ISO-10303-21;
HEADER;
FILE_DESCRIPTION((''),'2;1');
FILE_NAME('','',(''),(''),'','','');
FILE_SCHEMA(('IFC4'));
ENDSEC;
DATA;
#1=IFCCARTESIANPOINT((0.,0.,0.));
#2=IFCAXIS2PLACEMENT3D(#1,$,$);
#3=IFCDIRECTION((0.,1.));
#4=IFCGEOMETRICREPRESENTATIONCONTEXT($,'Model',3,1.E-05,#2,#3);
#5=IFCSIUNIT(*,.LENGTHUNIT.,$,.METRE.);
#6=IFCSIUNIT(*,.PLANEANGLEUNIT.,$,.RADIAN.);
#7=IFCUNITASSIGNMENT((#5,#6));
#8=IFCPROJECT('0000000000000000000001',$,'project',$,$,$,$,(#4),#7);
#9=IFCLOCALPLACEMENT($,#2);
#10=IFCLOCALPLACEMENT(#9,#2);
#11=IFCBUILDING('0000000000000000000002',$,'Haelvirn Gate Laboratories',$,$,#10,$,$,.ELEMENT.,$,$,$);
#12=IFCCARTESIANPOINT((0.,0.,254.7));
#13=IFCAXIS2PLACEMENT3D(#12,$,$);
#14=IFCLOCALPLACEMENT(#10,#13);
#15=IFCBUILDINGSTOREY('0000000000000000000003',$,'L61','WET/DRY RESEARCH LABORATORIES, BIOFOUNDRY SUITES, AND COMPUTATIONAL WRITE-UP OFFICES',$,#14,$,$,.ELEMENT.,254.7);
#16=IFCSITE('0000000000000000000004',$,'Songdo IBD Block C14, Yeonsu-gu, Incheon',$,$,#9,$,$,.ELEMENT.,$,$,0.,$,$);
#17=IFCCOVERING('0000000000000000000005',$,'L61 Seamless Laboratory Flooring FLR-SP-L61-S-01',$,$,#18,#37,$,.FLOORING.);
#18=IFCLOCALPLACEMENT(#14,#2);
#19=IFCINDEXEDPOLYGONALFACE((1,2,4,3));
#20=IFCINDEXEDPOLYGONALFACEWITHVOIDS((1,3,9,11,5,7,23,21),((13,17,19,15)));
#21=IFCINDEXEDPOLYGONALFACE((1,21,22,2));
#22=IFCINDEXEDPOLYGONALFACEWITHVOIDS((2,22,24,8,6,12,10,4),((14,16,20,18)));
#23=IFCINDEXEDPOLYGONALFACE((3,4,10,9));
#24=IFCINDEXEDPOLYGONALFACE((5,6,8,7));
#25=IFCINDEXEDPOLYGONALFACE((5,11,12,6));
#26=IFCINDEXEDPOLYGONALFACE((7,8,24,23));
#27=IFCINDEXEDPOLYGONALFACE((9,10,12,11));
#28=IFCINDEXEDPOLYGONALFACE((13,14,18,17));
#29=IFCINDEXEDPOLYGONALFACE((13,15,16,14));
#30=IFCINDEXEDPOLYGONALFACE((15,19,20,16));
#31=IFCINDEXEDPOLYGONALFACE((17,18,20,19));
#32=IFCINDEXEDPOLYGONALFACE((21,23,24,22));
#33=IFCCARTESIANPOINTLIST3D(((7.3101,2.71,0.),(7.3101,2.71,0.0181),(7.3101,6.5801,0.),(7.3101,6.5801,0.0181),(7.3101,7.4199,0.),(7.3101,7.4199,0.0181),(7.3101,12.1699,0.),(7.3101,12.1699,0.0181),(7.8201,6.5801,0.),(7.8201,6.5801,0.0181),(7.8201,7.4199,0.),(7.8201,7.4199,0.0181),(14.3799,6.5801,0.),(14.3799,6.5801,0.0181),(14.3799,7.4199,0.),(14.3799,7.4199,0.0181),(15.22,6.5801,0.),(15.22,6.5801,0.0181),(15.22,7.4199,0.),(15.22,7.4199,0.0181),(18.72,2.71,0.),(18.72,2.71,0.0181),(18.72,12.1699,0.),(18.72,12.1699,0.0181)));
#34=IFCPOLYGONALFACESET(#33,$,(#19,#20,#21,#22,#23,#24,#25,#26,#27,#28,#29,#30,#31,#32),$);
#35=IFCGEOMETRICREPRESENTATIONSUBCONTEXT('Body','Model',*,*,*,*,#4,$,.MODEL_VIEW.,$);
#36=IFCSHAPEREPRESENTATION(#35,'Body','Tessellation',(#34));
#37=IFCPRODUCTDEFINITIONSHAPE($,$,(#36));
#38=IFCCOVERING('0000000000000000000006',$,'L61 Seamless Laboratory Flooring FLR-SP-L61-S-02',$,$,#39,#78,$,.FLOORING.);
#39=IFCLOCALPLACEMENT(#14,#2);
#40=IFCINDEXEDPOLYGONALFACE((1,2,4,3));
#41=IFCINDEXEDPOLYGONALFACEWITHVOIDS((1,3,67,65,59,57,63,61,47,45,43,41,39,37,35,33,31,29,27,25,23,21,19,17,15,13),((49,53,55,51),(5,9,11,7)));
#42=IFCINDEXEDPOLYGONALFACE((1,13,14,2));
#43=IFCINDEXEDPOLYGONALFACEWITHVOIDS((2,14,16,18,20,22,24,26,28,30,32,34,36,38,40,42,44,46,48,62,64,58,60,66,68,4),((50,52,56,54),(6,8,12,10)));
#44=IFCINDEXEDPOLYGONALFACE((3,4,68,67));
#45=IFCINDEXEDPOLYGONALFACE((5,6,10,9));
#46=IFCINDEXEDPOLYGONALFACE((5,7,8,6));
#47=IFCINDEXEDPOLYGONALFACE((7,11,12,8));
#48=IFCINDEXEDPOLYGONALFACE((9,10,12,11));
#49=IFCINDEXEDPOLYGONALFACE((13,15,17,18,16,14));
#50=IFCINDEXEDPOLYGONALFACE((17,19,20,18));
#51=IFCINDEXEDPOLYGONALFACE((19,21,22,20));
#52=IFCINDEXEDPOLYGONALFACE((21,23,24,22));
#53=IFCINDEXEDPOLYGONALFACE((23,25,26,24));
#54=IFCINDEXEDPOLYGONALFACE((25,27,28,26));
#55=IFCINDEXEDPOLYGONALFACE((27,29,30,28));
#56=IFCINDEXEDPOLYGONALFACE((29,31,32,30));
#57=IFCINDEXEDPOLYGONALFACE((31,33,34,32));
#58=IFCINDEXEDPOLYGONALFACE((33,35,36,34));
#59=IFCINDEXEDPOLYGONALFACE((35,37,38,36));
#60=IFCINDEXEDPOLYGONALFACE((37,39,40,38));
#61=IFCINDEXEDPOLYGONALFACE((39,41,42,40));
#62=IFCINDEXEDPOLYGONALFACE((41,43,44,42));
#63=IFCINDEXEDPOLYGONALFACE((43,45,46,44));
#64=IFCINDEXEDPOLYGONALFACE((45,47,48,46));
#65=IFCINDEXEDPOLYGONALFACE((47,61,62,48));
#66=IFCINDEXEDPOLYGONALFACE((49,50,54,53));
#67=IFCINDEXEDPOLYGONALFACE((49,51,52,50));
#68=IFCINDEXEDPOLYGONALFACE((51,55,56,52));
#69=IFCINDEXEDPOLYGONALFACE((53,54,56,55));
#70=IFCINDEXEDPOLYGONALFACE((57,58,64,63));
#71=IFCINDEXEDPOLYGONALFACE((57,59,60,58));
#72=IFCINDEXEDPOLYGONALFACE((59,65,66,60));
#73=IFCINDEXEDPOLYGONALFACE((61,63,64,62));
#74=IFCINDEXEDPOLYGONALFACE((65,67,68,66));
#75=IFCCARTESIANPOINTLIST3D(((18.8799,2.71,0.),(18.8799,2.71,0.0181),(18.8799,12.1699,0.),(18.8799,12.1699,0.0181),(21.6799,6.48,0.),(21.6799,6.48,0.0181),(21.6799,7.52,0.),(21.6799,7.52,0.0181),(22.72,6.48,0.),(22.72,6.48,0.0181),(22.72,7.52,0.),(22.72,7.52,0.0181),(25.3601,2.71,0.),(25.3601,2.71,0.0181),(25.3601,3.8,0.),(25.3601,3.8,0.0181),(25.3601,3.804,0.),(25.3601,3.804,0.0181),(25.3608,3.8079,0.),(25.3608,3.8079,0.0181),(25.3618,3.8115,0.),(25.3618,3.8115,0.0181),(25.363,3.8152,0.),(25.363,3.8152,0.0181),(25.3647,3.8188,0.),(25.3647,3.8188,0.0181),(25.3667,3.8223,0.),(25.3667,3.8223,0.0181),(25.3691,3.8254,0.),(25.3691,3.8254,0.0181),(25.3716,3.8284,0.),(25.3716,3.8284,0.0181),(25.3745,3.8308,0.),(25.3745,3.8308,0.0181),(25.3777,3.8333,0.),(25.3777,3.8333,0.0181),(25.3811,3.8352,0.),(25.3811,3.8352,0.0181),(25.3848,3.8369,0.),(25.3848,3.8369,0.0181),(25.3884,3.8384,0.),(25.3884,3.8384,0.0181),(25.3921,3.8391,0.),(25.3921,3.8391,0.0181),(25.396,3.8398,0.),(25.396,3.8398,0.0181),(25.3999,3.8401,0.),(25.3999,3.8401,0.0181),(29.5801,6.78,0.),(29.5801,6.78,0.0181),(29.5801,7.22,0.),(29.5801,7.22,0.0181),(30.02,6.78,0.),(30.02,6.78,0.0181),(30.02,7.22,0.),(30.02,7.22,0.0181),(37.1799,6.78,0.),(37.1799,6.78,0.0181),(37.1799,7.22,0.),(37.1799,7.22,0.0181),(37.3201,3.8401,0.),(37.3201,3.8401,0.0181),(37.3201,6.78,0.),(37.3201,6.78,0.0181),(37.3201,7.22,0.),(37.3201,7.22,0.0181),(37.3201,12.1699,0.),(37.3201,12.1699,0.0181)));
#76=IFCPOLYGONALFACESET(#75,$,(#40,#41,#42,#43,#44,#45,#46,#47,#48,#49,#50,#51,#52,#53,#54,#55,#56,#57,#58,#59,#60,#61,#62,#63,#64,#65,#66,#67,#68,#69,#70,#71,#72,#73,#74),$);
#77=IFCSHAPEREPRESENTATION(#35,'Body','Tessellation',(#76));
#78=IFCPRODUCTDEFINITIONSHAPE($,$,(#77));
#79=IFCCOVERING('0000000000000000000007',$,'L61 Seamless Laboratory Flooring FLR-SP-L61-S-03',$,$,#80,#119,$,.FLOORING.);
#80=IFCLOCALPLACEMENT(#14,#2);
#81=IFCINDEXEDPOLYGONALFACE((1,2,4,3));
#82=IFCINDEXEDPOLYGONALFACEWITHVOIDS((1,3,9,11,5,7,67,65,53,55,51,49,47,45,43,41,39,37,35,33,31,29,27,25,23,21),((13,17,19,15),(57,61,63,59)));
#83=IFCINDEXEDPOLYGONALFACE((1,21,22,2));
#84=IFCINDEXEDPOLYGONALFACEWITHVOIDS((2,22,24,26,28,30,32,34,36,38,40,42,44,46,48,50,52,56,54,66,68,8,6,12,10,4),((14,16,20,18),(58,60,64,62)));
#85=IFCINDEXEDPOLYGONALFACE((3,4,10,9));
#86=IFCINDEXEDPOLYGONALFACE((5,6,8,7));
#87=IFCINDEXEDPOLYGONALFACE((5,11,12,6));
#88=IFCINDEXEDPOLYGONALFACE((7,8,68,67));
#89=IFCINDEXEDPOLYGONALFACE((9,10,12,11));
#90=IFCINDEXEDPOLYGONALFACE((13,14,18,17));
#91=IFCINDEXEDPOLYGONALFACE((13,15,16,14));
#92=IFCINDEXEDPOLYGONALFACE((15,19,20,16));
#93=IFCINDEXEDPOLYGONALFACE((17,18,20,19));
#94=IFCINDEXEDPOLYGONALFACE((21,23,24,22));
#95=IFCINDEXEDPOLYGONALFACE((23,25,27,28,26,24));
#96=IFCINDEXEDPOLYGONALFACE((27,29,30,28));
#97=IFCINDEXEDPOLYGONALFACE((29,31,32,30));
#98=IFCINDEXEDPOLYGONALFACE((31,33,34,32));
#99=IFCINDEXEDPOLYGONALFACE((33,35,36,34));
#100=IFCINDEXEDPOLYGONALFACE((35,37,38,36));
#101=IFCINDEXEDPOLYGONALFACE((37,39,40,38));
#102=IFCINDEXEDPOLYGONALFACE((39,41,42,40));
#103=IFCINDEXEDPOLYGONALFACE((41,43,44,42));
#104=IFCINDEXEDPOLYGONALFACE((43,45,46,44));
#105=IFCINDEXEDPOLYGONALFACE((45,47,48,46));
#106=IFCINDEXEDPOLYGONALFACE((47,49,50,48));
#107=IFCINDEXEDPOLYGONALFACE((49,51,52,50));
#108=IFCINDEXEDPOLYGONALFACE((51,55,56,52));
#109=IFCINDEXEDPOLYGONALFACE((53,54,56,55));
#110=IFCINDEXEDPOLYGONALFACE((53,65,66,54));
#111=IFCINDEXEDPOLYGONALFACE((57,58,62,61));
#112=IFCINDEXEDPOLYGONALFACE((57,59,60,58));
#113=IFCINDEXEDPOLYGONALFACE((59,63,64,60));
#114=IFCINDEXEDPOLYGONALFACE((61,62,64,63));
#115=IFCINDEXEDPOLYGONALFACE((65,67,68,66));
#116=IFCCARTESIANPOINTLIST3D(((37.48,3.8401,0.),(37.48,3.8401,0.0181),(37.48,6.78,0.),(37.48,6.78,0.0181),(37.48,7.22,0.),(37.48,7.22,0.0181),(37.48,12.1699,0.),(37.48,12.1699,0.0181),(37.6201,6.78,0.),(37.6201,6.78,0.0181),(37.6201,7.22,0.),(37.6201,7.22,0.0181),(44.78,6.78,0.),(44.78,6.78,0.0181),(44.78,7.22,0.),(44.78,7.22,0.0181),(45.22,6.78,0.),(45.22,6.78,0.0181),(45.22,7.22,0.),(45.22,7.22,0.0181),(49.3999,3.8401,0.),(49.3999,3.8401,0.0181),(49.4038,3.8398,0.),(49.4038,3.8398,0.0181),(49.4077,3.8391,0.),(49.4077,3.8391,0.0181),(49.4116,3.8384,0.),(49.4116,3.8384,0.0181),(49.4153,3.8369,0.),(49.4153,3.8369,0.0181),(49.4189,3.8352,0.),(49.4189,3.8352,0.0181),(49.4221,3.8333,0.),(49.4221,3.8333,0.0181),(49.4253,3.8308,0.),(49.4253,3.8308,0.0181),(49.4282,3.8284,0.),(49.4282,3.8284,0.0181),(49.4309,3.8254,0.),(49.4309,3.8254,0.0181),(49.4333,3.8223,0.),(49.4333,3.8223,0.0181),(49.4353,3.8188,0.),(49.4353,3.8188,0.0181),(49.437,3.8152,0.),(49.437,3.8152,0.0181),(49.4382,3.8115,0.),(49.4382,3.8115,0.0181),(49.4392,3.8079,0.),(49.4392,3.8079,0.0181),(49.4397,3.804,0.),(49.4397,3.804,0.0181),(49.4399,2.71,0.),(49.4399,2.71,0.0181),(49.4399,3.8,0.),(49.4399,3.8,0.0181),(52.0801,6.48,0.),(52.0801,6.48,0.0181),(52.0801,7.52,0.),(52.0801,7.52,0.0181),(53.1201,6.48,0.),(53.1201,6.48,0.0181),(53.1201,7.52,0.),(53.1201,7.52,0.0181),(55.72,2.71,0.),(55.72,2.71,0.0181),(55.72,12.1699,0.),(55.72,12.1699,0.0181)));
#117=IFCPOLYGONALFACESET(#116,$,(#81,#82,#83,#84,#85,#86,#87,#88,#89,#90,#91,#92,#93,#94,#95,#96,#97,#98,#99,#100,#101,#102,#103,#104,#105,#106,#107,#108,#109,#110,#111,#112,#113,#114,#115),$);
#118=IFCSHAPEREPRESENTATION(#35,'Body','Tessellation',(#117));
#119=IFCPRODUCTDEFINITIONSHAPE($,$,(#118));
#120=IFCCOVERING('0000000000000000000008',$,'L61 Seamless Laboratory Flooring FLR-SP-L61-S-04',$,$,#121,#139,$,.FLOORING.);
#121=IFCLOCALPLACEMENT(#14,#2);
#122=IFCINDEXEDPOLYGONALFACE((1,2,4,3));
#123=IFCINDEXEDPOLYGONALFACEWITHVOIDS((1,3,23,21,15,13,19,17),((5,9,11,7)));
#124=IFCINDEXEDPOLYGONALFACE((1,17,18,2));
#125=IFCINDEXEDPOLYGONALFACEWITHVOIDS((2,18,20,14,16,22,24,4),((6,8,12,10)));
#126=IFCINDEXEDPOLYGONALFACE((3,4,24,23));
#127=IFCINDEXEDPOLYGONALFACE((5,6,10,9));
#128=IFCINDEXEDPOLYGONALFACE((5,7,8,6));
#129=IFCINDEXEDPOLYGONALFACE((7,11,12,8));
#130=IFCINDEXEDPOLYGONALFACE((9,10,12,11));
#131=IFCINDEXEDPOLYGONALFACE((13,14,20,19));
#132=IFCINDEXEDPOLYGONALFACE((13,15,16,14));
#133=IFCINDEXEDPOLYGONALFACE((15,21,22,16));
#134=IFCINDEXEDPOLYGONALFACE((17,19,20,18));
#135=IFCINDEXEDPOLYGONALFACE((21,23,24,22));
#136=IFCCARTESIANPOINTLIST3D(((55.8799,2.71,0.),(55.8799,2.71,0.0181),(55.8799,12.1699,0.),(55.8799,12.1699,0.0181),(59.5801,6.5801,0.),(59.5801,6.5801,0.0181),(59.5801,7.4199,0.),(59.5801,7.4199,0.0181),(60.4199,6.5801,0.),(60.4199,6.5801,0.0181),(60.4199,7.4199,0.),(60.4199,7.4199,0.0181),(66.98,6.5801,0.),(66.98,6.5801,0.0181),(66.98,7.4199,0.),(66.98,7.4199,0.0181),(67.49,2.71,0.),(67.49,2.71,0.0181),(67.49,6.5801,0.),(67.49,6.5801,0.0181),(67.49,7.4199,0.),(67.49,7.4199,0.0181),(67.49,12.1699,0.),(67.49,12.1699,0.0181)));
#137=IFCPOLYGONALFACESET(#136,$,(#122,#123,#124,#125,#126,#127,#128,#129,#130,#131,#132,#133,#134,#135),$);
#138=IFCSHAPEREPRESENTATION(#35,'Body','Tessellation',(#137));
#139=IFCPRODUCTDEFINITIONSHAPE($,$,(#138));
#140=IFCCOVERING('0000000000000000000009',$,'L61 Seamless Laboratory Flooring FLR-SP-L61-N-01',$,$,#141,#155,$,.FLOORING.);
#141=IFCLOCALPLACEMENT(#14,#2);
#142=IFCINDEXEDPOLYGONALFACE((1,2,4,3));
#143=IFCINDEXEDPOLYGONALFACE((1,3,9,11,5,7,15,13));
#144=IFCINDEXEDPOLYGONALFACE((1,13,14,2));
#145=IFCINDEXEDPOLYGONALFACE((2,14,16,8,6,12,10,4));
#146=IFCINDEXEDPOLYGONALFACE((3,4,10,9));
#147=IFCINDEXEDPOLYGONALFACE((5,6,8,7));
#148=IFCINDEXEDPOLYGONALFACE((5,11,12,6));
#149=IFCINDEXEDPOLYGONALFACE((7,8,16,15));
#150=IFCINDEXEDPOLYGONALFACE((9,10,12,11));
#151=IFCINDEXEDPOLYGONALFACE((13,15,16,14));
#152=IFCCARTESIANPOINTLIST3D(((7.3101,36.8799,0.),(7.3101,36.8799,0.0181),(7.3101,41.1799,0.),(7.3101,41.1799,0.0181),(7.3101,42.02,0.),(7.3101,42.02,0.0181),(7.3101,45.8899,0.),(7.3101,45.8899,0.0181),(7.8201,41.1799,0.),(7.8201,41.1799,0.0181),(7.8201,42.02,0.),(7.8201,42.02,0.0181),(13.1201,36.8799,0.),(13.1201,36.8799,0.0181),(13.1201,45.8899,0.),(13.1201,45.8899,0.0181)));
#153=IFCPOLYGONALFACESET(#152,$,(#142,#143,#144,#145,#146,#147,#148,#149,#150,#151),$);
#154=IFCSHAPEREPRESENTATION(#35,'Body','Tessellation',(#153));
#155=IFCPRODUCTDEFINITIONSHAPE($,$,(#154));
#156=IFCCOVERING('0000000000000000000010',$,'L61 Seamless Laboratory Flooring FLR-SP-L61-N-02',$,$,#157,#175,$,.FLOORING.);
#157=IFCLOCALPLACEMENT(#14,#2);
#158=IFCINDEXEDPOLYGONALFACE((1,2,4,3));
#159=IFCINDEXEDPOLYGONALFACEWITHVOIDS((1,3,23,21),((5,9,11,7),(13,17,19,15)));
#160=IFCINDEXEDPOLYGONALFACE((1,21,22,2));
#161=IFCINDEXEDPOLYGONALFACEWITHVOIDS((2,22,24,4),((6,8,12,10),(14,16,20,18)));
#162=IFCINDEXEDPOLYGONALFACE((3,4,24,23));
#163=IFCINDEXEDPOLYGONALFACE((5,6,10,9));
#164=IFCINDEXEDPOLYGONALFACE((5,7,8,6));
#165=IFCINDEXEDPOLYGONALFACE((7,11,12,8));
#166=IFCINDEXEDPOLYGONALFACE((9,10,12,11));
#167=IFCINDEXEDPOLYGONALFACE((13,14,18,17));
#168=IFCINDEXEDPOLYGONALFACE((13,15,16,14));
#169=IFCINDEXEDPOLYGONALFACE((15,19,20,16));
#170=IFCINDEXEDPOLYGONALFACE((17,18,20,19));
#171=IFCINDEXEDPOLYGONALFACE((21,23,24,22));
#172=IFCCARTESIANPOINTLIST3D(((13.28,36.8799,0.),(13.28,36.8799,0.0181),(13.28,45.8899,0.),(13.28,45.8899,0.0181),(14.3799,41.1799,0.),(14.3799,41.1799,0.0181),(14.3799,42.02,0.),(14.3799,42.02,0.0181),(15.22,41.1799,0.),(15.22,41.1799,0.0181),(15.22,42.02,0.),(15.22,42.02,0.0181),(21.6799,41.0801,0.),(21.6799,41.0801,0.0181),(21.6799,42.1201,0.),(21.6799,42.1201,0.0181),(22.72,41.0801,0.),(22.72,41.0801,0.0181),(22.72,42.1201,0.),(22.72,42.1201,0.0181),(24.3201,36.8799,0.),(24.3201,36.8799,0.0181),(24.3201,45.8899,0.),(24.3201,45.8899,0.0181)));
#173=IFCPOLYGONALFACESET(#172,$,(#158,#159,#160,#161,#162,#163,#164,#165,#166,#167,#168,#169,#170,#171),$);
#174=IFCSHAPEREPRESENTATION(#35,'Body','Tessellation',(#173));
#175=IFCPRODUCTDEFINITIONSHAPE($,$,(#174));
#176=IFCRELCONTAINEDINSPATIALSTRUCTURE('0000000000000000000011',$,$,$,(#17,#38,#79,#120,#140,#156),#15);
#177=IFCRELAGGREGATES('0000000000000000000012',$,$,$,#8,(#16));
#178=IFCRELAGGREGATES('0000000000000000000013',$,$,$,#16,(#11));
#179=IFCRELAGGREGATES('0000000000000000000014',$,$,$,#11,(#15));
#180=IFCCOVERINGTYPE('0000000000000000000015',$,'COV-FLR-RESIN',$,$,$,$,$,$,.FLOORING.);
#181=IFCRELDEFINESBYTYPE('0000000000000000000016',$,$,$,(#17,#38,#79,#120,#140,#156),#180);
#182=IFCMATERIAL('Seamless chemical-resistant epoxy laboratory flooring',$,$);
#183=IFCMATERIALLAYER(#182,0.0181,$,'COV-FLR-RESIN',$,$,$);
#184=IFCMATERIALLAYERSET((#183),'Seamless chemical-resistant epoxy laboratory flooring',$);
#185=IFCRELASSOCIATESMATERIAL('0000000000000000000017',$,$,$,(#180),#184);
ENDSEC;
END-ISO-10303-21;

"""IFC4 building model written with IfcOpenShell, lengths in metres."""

from ifc_helpers import new_model, si_unit, direction, frame, origin, place, context, subcontext, project, spatial, polyline, outline, extrude, material, layer, layer_set, type_object, element, save


model = new_model("IFC4")

# Units and contexts
model_context = context("Model", 3, precision=1e-05, world=origin(), true_north=direction((0.0, 1.0)))
body_context = subcontext(model_context, "Body", "Model", "MODEL_VIEW")
ifc_project = project(units=[si_unit("LENGTHUNIT", "METRE"), si_unit("PLANEANGLEUNIT", "RADIAN")], contexts=[model_context])

# Site, building, storey
site_placement = place(None, origin())
site = spatial("IfcSite", under=ifc_project, at=site_placement, Name="Songdo IBD Block C14, Yeonsu-gu, Incheon", CompositionType="ELEMENT", RefElevation=0.0)
building_placement = place(site_placement, origin())
building = spatial("IfcBuilding", under=site, at=building_placement, Name="Haelvirn Gate Laboratories", CompositionType="ELEMENT")
storey_placement = place(building_placement, frame((0.0, 0.0, 254.7)))
storey = spatial("IfcBuildingStorey", under=building, at=storey_placement, Name="L61", Description="WET/DRY RESEARCH LABORATORIES, BIOFOUNDRY SUITES, AND COMPUTATIONAL WRITE-UP OFFICES", CompositionType="ELEMENT", Elevation=254.7)

# Coverings
ifc_material_1 = material(Name="Seamless chemical-resistant epoxy laboratory flooring")
ifc_layer_1 = layer(ifc_material_1, 0.0181, Name="COV-FLR-RESIN")
ifc_layer_set_1 = layer_set([ifc_layer_1], Name="Seamless chemical-resistant epoxy laboratory flooring")
covering_type = type_object("IfcCoveringType", Name="COV-FLR-RESIN", PredefinedType="FLOORING", material=ifc_layer_set_1)
covering_1_placement = place(storey_placement, origin())
element("IfcCovering", 1, at=covering_1_placement, inside=storey, type_object=covering_type, Name="L61 Seamless Laboratory Flooring FLR-SP-L61-S-01", PredefinedType="FLOORING", context=body_context, shape_type="SweptSolid", body=[
    extrude(outline(polyline([(18.72, 2.71), (7.3101, 2.71), (7.3101, 6.5801), (7.8201, 6.5801), (7.8201, 7.4199), (7.3101, 7.4199), (7.3101, 12.1699), (18.72, 12.1699), (18.72, 2.71)]), holes=[polyline([(14.3799, 6.5801), (15.22, 6.5801), (15.22, 7.4199), (14.3799, 7.4199), (14.3799, 6.5801)])]), origin(), (0.0, 0.0, 1.0), 0.0181),
])
covering_2_placement = place(storey_placement, origin())
element("IfcCovering", 2, at=covering_2_placement, inside=storey, type_object=covering_type, Name="L61 Seamless Laboratory Flooring FLR-SP-L61-S-02", PredefinedType="FLOORING", context=body_context, shape_type="SweptSolid", body=[
    extrude(outline(polyline([(37.1799, 7.22), (37.1799, 6.78), (37.3201, 6.78), (37.3201, 3.8401), (25.3999, 3.8401), (25.396, 3.8398), (25.3921, 3.8391), (25.3884, 3.8384), (25.3848, 3.8369), (25.3811, 3.8352), (25.3777, 3.8333), (25.3745, 3.8308), (25.3716, 3.8284), (25.3691, 3.8254), (25.3667, 3.8223), (25.3647, 3.8188), (25.363, 3.8152), (25.3618, 3.8115), (25.3608, 3.8079), (25.3601, 3.804), (25.3601, 3.8), (25.3601, 2.71), (18.8799, 2.71), (18.8799, 12.1699), (37.3201, 12.1699), (37.3201, 7.22), (37.1799, 7.22)]), holes=[polyline([(22.72, 6.48), (22.72, 7.52), (21.6799, 7.52), (21.6799, 6.48), (22.72, 6.48)]), polyline([(29.5801, 6.78), (30.02, 6.78), (30.02, 7.22), (29.5801, 7.22), (29.5801, 6.78)])]), origin(), (0.0, 0.0, 1.0), 0.0181),
])
covering_3_placement = place(storey_placement, origin())
element("IfcCovering", 3, at=covering_3_placement, inside=storey, type_object=covering_type, Name="L61 Seamless Laboratory Flooring FLR-SP-L61-S-03", PredefinedType="FLOORING", context=body_context, shape_type="SweptSolid", body=[
    extrude(outline(polyline([(49.4399, 3.8), (49.4397, 3.804), (49.4392, 3.8079), (49.4382, 3.8115), (49.437, 3.8152), (49.4353, 3.8188), (49.4333, 3.8223), (49.4309, 3.8254), (49.4282, 3.8284), (49.4253, 3.8308), (49.4221, 3.8333), (49.4189, 3.8352), (49.4153, 3.8369), (49.4116, 3.8384), (49.4077, 3.8391), (49.4038, 3.8398), (49.3999, 3.8401), (37.48, 3.8401), (37.48, 6.78), (37.6201, 6.78), (37.6201, 7.22), (37.48, 7.22), (37.48, 12.1699), (55.72, 12.1699), (55.72, 2.71), (49.4399, 2.71), (49.4399, 3.8)]), holes=[polyline([(53.1201, 6.48), (53.1201, 7.52), (52.0801, 7.52), (52.0801, 6.48), (53.1201, 6.48)]), polyline([(44.78, 7.22), (44.78, 6.78), (45.22, 6.78), (45.22, 7.22), (44.78, 7.22)])]), origin(), (0.0, 0.0, 1.0), 0.0181),
])
covering_4_placement = place(storey_placement, origin())
element("IfcCovering", 4, at=covering_4_placement, inside=storey, type_object=covering_type, Name="L61 Seamless Laboratory Flooring FLR-SP-L61-S-04", PredefinedType="FLOORING", context=body_context, shape_type="SweptSolid", body=[
    extrude(outline(polyline([(67.49, 7.4199), (66.98, 7.4199), (66.98, 6.5801), (67.49, 6.5801), (67.49, 2.71), (55.8799, 2.71), (55.8799, 12.1699), (67.49, 12.1699), (67.49, 7.4199)]), holes=[polyline([(59.5801, 6.5801), (60.4199, 6.5801), (60.4199, 7.4199), (59.5801, 7.4199), (59.5801, 6.5801)])]), origin(), (0.0, 0.0, 1.0), 0.0181),
])
covering_5_placement = place(storey_placement, origin())
element("IfcCovering", 5, at=covering_5_placement, inside=storey, type_object=covering_type, Name="L61 Seamless Laboratory Flooring FLR-SP-L61-N-01", PredefinedType="FLOORING", context=body_context, shape_type="SweptSolid", body=[
    extrude(outline(polyline([(7.8201, 41.1799), (7.8201, 42.02), (7.3101, 42.02), (7.3101, 45.8899), (13.1201, 45.8899), (13.1201, 36.8799), (7.3101, 36.8799), (7.3101, 41.1799), (7.8201, 41.1799)])), origin(), (0.0, 0.0, 1.0), 0.0181),
])
covering_6_placement = place(storey_placement, origin())
element("IfcCovering", 6, at=covering_6_placement, inside=storey, type_object=covering_type, Name="L61 Seamless Laboratory Flooring FLR-SP-L61-N-02", PredefinedType="FLOORING", context=body_context, shape_type="SweptSolid", body=[
    extrude(outline(polyline([(24.3201, 36.8799), (13.28, 36.8799), (13.28, 45.8899), (24.3201, 45.8899), (24.3201, 36.8799)]), holes=[polyline([(14.3799, 41.1799), (15.22, 41.1799), (15.22, 42.02), (14.3799, 42.02), (14.3799, 41.1799)]), polyline([(21.6799, 42.1201), (21.6799, 41.0801), (22.72, 41.0801), (22.72, 42.1201), (21.6799, 42.1201)])]), origin(), (0.0, 0.0, 1.0), 0.0181),
])

save(model, "model.ifc")
